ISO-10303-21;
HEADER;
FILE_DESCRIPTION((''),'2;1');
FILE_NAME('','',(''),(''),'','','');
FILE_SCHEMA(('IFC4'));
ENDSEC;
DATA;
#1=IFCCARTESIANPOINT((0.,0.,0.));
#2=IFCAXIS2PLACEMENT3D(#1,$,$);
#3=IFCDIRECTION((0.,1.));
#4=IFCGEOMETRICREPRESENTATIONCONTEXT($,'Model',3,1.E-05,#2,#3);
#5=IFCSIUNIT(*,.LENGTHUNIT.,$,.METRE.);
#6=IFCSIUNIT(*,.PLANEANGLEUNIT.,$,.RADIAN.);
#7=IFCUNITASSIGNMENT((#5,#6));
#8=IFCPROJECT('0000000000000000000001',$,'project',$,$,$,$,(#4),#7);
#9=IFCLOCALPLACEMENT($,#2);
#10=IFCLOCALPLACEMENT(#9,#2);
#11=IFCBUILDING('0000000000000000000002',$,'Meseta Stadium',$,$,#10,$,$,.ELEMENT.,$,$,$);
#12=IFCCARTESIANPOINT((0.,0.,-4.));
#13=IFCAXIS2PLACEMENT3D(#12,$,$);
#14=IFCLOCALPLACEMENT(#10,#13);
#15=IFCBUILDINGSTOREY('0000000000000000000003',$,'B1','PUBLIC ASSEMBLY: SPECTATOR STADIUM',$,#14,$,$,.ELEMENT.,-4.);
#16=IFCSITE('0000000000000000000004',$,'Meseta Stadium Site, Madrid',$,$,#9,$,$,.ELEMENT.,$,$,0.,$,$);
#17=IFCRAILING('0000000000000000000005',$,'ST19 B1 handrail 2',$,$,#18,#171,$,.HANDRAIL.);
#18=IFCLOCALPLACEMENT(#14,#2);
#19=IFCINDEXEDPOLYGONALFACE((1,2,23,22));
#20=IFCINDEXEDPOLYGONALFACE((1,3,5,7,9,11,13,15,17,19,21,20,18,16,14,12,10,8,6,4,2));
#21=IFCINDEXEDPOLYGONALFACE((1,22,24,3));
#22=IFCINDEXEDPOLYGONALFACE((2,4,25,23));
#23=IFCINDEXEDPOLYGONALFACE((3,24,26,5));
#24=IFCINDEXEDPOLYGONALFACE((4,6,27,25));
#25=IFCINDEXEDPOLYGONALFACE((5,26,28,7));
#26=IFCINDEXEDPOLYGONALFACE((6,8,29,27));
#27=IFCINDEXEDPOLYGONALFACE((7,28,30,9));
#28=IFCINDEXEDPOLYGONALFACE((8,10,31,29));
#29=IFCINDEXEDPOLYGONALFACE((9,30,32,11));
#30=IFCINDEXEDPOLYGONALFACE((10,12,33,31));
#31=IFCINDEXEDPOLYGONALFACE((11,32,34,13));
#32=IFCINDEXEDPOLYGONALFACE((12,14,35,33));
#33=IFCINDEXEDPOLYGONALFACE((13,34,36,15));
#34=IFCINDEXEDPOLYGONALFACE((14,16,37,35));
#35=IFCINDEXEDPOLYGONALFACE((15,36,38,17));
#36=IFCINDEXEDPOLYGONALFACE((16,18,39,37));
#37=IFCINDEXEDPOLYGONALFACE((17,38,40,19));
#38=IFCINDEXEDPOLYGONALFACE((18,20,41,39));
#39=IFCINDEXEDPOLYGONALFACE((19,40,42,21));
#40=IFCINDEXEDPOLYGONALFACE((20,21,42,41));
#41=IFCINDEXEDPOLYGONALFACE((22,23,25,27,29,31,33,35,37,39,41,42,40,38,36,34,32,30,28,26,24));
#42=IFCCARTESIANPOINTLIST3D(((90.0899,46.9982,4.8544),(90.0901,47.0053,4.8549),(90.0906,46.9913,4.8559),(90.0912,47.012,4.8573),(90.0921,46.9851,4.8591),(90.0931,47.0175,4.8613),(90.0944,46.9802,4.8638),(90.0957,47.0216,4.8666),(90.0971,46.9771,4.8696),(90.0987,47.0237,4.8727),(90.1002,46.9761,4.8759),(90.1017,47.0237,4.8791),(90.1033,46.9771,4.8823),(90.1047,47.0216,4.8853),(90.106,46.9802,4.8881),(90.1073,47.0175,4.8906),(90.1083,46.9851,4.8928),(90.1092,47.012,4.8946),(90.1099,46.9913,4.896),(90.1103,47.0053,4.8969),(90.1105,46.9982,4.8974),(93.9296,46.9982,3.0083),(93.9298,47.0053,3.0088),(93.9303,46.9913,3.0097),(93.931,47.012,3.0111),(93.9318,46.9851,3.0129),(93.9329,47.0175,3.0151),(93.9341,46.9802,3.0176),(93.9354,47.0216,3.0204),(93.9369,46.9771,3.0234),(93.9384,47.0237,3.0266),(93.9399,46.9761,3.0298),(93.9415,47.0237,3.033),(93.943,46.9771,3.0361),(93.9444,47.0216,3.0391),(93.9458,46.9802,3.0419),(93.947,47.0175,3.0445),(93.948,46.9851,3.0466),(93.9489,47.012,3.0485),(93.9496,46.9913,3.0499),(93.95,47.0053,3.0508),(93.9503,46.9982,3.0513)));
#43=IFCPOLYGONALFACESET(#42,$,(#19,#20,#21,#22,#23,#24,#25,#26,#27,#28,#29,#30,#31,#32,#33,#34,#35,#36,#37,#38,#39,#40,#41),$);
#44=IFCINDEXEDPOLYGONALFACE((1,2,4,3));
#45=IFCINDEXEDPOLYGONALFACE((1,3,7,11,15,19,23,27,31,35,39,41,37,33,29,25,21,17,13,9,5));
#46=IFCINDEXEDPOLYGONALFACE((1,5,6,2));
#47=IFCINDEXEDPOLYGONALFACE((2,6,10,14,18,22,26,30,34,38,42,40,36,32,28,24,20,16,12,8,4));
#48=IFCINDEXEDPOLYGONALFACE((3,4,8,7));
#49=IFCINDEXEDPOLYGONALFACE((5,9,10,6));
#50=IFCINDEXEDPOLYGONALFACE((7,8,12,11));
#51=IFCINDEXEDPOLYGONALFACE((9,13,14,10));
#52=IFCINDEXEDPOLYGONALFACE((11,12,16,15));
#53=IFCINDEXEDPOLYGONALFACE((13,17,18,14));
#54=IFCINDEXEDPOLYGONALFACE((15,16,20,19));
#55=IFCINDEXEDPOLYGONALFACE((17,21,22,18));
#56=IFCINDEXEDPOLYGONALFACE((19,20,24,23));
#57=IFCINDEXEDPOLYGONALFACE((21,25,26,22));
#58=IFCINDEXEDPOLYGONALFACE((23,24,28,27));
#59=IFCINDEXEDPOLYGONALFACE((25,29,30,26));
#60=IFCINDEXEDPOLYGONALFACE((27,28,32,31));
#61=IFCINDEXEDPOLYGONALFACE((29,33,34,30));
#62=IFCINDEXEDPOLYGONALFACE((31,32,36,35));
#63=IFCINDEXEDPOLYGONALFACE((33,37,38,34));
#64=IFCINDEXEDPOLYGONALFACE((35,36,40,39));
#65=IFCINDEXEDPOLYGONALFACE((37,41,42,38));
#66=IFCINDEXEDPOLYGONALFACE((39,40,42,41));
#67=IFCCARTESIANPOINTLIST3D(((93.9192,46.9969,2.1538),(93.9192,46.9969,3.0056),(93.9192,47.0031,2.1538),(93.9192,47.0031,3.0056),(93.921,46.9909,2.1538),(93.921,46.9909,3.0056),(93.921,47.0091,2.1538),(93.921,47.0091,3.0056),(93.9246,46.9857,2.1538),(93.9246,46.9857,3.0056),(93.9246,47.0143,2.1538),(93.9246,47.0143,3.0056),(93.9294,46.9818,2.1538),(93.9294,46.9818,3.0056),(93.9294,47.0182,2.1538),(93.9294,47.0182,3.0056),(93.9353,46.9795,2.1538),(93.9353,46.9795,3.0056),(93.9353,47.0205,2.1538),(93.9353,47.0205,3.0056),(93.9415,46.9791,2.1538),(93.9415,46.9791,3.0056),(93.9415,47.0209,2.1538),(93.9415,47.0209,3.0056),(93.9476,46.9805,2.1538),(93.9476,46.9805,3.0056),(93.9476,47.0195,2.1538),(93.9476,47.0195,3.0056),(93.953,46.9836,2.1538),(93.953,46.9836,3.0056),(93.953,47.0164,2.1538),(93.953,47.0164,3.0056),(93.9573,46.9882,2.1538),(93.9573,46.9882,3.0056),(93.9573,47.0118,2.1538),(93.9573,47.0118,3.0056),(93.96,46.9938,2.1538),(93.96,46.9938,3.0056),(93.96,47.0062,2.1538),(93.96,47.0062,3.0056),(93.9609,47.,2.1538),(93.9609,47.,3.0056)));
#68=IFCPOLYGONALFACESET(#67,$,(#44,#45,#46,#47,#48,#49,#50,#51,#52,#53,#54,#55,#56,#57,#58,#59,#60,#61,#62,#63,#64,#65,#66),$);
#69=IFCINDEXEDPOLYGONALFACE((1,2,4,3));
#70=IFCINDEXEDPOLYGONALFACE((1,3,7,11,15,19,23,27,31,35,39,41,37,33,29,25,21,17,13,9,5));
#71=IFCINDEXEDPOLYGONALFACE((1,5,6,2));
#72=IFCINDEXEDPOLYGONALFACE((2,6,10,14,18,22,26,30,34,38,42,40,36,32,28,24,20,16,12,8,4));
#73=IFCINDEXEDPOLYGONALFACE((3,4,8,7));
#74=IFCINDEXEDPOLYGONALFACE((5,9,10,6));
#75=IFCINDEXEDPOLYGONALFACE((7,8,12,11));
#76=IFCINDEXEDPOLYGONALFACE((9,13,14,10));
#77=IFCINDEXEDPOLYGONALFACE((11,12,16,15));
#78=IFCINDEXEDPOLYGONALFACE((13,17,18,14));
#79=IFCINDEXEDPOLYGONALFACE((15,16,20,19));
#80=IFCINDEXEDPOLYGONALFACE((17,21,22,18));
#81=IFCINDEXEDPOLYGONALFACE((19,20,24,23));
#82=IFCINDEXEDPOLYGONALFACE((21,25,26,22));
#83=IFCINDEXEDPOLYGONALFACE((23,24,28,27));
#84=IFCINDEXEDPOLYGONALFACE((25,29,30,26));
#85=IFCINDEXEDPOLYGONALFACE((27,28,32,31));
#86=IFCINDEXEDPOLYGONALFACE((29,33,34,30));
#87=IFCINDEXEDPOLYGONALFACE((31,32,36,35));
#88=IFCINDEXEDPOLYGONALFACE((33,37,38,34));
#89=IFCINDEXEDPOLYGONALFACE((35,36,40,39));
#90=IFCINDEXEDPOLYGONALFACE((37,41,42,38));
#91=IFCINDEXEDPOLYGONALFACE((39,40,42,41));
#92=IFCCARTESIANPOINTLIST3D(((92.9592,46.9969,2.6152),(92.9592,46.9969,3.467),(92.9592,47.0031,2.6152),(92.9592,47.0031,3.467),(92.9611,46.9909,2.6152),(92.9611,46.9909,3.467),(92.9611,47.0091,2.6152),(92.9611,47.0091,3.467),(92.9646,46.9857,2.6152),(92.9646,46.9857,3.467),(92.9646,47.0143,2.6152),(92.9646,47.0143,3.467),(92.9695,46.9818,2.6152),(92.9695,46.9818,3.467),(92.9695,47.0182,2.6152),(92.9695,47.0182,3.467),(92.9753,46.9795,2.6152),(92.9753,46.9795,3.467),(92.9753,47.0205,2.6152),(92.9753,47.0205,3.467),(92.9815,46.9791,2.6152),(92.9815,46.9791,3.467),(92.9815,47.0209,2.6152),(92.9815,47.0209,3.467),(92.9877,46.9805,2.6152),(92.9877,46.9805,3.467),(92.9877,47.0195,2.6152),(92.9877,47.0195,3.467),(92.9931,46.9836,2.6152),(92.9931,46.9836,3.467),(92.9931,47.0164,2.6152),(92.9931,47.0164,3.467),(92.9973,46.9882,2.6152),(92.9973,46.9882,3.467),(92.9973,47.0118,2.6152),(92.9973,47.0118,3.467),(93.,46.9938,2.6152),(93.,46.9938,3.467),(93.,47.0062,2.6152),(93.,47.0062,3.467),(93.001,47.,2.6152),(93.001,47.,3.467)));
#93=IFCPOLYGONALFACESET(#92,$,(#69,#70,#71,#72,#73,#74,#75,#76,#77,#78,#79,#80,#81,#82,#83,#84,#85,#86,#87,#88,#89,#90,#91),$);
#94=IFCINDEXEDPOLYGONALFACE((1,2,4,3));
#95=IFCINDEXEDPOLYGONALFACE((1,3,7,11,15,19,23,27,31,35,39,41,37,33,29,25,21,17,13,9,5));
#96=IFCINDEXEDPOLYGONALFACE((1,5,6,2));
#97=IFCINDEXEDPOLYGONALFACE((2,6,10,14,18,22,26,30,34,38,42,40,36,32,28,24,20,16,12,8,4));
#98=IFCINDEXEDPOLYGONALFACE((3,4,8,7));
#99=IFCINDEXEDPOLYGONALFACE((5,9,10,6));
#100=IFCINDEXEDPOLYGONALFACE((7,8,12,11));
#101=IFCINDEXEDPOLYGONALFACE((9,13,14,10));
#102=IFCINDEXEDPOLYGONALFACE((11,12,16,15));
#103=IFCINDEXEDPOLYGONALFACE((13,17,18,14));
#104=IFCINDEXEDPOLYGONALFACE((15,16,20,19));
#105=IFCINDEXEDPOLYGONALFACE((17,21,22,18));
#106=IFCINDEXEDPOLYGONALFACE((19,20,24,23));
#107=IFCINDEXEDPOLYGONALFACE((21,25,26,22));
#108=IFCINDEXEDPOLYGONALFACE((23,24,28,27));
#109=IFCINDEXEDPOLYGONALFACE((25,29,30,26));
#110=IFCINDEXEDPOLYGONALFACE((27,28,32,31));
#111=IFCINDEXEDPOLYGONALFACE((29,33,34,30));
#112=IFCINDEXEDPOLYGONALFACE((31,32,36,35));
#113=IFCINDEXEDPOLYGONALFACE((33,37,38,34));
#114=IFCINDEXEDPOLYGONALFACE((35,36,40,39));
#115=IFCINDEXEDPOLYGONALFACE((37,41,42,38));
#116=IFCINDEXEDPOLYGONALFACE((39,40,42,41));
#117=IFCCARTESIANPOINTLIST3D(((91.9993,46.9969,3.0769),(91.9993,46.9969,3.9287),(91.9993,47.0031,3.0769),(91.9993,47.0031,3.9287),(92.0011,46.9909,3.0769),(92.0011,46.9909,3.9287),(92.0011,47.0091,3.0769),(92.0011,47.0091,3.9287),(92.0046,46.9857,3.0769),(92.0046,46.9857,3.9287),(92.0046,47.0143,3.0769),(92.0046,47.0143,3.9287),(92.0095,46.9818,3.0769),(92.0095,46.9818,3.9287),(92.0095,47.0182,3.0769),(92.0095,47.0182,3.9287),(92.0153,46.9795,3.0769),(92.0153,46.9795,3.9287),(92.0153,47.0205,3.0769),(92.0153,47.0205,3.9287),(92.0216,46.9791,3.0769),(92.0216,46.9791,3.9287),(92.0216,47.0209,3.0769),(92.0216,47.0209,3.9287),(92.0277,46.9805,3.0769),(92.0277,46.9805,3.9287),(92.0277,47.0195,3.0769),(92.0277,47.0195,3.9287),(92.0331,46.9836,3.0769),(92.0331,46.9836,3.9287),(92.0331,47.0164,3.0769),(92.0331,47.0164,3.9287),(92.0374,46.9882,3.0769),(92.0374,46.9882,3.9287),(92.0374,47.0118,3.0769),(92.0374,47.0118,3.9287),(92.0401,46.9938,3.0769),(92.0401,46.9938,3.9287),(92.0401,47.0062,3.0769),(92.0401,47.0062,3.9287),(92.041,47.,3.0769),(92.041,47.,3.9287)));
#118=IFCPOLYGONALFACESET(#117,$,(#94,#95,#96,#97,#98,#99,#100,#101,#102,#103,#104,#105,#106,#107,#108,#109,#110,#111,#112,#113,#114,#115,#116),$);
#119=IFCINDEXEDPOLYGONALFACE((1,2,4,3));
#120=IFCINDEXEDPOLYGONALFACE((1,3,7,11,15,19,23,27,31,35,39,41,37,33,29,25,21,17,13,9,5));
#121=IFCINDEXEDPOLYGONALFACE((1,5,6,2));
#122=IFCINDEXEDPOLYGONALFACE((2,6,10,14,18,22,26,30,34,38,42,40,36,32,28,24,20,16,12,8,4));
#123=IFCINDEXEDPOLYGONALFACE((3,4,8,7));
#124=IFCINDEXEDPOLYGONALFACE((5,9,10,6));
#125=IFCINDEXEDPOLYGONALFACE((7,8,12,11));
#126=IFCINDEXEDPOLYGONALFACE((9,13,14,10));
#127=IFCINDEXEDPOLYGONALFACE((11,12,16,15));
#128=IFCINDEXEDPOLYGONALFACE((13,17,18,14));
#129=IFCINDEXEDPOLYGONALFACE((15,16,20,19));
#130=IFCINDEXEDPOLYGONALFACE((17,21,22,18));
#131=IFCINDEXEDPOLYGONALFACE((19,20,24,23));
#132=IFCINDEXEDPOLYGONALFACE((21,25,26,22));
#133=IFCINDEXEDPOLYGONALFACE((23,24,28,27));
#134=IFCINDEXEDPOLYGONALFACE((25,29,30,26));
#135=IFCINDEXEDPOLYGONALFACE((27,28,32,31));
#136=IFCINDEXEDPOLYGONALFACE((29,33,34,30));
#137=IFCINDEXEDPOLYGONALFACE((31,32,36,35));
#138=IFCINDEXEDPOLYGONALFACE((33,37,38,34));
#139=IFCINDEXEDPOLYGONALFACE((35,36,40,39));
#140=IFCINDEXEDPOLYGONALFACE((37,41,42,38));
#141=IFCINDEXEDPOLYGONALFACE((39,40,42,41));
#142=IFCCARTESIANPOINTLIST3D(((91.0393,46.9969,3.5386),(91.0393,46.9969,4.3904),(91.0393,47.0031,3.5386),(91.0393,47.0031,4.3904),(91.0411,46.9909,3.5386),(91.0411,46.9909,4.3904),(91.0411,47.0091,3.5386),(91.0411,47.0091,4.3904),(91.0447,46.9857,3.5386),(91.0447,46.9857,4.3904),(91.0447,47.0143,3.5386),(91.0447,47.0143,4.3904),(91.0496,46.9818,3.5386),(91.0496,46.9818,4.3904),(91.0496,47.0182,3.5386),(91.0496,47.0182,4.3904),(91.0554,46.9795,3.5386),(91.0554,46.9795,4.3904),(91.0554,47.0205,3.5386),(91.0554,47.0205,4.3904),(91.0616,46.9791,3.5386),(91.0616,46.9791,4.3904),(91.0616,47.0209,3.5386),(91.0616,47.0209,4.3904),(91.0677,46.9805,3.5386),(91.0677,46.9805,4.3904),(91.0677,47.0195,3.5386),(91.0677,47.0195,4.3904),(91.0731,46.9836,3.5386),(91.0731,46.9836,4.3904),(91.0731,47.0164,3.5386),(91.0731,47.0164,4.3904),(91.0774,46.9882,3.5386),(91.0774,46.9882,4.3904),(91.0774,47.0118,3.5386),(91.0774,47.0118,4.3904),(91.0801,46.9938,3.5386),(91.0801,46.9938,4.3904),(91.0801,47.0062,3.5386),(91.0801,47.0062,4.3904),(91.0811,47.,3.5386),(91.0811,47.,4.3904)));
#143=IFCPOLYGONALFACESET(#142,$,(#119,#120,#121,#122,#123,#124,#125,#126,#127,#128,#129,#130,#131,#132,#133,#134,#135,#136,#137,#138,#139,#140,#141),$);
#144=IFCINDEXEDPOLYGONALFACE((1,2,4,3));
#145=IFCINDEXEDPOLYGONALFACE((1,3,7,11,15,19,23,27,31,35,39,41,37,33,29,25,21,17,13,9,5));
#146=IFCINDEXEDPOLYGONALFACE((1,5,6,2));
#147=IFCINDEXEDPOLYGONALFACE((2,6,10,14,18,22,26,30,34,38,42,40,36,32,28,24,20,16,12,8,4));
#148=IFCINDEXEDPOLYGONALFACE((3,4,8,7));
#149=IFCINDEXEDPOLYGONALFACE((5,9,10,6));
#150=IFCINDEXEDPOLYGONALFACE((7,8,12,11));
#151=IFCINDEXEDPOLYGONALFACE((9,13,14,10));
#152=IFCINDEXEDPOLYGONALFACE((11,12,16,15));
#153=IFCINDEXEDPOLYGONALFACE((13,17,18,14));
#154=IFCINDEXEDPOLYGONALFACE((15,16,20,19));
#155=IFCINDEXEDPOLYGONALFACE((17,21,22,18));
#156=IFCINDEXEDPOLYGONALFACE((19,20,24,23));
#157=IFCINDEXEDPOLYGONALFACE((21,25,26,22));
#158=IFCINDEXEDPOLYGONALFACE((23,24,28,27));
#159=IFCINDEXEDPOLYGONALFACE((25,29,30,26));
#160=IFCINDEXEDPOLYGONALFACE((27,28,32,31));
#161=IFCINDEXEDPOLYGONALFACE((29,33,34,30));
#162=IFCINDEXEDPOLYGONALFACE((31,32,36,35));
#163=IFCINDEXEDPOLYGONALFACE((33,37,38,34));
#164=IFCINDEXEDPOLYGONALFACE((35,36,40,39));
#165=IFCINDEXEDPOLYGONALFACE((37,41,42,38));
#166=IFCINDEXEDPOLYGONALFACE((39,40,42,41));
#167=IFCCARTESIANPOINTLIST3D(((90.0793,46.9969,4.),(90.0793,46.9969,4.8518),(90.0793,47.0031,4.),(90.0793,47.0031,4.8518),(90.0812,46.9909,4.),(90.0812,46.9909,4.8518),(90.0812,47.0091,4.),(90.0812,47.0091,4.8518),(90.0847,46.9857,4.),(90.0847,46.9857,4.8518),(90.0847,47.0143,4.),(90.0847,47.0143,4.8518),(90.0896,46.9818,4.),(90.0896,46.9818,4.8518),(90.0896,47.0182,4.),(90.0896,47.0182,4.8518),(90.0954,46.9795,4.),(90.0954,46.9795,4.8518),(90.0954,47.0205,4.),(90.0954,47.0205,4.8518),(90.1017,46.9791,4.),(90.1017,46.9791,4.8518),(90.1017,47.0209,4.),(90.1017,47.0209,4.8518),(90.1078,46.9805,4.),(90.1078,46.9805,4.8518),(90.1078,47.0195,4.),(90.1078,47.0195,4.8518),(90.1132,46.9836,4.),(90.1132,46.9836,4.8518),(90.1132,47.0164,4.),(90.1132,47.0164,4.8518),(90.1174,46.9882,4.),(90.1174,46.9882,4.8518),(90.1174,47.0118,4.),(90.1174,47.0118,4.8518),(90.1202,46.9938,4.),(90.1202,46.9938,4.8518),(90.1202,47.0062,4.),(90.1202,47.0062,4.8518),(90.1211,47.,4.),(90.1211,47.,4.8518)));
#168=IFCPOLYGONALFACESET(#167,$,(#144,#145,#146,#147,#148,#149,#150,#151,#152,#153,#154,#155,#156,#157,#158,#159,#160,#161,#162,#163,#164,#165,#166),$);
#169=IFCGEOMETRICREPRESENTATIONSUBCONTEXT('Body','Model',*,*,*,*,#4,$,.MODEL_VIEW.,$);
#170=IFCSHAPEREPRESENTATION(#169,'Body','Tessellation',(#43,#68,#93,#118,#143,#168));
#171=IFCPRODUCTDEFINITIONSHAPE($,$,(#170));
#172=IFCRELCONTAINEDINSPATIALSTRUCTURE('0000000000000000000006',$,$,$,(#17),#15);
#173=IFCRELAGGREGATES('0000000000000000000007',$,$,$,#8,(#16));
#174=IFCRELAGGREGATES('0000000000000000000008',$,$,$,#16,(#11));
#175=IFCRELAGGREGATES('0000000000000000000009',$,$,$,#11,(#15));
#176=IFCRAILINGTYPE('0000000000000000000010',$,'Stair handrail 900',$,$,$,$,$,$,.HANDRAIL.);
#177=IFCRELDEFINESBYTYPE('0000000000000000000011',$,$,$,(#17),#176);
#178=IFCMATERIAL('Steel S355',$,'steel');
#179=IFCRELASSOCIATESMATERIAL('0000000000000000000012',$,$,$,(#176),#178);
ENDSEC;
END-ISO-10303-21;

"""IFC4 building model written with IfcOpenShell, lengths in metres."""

from ifc_helpers import new_model, si_unit, direction, frame, origin, origin_2d, place, context, subcontext, project, spatial, circle, extrude, material, type_object, element, save


model = new_model("IFC4")

# Units and contexts
model_context = context("Model", 3, precision=1e-05, world=origin(), true_north=direction((0.0, 1.0)))
body_context = subcontext(model_context, "Body", "Model", "MODEL_VIEW")
ifc_project = project(units=[si_unit("LENGTHUNIT", "METRE"), si_unit("PLANEANGLEUNIT", "RADIAN")], contexts=[model_context])

# Site, building, storey
site_placement = place(None, origin())
site = spatial("IfcSite", under=ifc_project, at=site_placement, Name="Meseta Stadium Site, Madrid", CompositionType="ELEMENT", RefElevation=0.0)
building_placement = place(site_placement, origin())
building = spatial("IfcBuilding", under=site, at=building_placement, Name="Meseta Stadium", CompositionType="ELEMENT")
storey_placement = place(building_placement, frame((0.0, 0.0, -4.0)))
storey = spatial("IfcBuildingStorey", under=building, at=storey_placement, Name="B1", Description="PUBLIC ASSEMBLY: SPECTATOR STADIUM", CompositionType="ELEMENT", Elevation=-4.0)

# Railing
ifc_material_1 = material(Name="Steel S355", Category="steel")
railing_type_1 = type_object("IfcRailingType", Name="Stair handrail 900", PredefinedType="HANDRAIL", material=ifc_material_1)
for number, where, name in (
    (1, (93.9399, 47.0, 2.1538), "ST19 B1 handrail 2"),
):
    element("IfcRailing", number, at=place(storey_placement, frame(where)), inside=storey, type_object=railing_type_1, Name=name, PredefinedType="HANDRAIL", context=body_context, shape_type="SweptSolid", body=[
        extrude(circle(Radius=0.0239, at=origin_2d()), frame((0.0, 0.0, 0.876), z_axis=(-0.901242, 0.0, 0.433316), x_axis=(0.0, -1.0, 0.0)), (0.0, 0.0, 1.0), 4.2605),
        extrude(circle(Radius=0.021, at=origin_2d()), origin(), (0.0, 0.0, 1.0), 0.8518),
        extrude(circle(Radius=0.021, at=origin_2d()), frame((-0.96, 0.0, 0.4614)), (0.0, 0.0, 1.0), 0.8518),
        extrude(circle(Radius=0.021, at=origin_2d()), frame((-1.9199, 0.0, 0.9231)), (0.0, 0.0, 1.0), 0.8518),
        extrude(circle(Radius=0.021, at=origin_2d()), frame((-2.8799, 0.0, 1.3848)), (0.0, 0.0, 1.0), 0.8518),
        extrude(circle(Radius=0.021, at=origin_2d()), frame((-3.8398, 0.0, 1.8462)), (0.0, 0.0, 1.0), 0.8518),
    ])

save(model, "model.ifc")
